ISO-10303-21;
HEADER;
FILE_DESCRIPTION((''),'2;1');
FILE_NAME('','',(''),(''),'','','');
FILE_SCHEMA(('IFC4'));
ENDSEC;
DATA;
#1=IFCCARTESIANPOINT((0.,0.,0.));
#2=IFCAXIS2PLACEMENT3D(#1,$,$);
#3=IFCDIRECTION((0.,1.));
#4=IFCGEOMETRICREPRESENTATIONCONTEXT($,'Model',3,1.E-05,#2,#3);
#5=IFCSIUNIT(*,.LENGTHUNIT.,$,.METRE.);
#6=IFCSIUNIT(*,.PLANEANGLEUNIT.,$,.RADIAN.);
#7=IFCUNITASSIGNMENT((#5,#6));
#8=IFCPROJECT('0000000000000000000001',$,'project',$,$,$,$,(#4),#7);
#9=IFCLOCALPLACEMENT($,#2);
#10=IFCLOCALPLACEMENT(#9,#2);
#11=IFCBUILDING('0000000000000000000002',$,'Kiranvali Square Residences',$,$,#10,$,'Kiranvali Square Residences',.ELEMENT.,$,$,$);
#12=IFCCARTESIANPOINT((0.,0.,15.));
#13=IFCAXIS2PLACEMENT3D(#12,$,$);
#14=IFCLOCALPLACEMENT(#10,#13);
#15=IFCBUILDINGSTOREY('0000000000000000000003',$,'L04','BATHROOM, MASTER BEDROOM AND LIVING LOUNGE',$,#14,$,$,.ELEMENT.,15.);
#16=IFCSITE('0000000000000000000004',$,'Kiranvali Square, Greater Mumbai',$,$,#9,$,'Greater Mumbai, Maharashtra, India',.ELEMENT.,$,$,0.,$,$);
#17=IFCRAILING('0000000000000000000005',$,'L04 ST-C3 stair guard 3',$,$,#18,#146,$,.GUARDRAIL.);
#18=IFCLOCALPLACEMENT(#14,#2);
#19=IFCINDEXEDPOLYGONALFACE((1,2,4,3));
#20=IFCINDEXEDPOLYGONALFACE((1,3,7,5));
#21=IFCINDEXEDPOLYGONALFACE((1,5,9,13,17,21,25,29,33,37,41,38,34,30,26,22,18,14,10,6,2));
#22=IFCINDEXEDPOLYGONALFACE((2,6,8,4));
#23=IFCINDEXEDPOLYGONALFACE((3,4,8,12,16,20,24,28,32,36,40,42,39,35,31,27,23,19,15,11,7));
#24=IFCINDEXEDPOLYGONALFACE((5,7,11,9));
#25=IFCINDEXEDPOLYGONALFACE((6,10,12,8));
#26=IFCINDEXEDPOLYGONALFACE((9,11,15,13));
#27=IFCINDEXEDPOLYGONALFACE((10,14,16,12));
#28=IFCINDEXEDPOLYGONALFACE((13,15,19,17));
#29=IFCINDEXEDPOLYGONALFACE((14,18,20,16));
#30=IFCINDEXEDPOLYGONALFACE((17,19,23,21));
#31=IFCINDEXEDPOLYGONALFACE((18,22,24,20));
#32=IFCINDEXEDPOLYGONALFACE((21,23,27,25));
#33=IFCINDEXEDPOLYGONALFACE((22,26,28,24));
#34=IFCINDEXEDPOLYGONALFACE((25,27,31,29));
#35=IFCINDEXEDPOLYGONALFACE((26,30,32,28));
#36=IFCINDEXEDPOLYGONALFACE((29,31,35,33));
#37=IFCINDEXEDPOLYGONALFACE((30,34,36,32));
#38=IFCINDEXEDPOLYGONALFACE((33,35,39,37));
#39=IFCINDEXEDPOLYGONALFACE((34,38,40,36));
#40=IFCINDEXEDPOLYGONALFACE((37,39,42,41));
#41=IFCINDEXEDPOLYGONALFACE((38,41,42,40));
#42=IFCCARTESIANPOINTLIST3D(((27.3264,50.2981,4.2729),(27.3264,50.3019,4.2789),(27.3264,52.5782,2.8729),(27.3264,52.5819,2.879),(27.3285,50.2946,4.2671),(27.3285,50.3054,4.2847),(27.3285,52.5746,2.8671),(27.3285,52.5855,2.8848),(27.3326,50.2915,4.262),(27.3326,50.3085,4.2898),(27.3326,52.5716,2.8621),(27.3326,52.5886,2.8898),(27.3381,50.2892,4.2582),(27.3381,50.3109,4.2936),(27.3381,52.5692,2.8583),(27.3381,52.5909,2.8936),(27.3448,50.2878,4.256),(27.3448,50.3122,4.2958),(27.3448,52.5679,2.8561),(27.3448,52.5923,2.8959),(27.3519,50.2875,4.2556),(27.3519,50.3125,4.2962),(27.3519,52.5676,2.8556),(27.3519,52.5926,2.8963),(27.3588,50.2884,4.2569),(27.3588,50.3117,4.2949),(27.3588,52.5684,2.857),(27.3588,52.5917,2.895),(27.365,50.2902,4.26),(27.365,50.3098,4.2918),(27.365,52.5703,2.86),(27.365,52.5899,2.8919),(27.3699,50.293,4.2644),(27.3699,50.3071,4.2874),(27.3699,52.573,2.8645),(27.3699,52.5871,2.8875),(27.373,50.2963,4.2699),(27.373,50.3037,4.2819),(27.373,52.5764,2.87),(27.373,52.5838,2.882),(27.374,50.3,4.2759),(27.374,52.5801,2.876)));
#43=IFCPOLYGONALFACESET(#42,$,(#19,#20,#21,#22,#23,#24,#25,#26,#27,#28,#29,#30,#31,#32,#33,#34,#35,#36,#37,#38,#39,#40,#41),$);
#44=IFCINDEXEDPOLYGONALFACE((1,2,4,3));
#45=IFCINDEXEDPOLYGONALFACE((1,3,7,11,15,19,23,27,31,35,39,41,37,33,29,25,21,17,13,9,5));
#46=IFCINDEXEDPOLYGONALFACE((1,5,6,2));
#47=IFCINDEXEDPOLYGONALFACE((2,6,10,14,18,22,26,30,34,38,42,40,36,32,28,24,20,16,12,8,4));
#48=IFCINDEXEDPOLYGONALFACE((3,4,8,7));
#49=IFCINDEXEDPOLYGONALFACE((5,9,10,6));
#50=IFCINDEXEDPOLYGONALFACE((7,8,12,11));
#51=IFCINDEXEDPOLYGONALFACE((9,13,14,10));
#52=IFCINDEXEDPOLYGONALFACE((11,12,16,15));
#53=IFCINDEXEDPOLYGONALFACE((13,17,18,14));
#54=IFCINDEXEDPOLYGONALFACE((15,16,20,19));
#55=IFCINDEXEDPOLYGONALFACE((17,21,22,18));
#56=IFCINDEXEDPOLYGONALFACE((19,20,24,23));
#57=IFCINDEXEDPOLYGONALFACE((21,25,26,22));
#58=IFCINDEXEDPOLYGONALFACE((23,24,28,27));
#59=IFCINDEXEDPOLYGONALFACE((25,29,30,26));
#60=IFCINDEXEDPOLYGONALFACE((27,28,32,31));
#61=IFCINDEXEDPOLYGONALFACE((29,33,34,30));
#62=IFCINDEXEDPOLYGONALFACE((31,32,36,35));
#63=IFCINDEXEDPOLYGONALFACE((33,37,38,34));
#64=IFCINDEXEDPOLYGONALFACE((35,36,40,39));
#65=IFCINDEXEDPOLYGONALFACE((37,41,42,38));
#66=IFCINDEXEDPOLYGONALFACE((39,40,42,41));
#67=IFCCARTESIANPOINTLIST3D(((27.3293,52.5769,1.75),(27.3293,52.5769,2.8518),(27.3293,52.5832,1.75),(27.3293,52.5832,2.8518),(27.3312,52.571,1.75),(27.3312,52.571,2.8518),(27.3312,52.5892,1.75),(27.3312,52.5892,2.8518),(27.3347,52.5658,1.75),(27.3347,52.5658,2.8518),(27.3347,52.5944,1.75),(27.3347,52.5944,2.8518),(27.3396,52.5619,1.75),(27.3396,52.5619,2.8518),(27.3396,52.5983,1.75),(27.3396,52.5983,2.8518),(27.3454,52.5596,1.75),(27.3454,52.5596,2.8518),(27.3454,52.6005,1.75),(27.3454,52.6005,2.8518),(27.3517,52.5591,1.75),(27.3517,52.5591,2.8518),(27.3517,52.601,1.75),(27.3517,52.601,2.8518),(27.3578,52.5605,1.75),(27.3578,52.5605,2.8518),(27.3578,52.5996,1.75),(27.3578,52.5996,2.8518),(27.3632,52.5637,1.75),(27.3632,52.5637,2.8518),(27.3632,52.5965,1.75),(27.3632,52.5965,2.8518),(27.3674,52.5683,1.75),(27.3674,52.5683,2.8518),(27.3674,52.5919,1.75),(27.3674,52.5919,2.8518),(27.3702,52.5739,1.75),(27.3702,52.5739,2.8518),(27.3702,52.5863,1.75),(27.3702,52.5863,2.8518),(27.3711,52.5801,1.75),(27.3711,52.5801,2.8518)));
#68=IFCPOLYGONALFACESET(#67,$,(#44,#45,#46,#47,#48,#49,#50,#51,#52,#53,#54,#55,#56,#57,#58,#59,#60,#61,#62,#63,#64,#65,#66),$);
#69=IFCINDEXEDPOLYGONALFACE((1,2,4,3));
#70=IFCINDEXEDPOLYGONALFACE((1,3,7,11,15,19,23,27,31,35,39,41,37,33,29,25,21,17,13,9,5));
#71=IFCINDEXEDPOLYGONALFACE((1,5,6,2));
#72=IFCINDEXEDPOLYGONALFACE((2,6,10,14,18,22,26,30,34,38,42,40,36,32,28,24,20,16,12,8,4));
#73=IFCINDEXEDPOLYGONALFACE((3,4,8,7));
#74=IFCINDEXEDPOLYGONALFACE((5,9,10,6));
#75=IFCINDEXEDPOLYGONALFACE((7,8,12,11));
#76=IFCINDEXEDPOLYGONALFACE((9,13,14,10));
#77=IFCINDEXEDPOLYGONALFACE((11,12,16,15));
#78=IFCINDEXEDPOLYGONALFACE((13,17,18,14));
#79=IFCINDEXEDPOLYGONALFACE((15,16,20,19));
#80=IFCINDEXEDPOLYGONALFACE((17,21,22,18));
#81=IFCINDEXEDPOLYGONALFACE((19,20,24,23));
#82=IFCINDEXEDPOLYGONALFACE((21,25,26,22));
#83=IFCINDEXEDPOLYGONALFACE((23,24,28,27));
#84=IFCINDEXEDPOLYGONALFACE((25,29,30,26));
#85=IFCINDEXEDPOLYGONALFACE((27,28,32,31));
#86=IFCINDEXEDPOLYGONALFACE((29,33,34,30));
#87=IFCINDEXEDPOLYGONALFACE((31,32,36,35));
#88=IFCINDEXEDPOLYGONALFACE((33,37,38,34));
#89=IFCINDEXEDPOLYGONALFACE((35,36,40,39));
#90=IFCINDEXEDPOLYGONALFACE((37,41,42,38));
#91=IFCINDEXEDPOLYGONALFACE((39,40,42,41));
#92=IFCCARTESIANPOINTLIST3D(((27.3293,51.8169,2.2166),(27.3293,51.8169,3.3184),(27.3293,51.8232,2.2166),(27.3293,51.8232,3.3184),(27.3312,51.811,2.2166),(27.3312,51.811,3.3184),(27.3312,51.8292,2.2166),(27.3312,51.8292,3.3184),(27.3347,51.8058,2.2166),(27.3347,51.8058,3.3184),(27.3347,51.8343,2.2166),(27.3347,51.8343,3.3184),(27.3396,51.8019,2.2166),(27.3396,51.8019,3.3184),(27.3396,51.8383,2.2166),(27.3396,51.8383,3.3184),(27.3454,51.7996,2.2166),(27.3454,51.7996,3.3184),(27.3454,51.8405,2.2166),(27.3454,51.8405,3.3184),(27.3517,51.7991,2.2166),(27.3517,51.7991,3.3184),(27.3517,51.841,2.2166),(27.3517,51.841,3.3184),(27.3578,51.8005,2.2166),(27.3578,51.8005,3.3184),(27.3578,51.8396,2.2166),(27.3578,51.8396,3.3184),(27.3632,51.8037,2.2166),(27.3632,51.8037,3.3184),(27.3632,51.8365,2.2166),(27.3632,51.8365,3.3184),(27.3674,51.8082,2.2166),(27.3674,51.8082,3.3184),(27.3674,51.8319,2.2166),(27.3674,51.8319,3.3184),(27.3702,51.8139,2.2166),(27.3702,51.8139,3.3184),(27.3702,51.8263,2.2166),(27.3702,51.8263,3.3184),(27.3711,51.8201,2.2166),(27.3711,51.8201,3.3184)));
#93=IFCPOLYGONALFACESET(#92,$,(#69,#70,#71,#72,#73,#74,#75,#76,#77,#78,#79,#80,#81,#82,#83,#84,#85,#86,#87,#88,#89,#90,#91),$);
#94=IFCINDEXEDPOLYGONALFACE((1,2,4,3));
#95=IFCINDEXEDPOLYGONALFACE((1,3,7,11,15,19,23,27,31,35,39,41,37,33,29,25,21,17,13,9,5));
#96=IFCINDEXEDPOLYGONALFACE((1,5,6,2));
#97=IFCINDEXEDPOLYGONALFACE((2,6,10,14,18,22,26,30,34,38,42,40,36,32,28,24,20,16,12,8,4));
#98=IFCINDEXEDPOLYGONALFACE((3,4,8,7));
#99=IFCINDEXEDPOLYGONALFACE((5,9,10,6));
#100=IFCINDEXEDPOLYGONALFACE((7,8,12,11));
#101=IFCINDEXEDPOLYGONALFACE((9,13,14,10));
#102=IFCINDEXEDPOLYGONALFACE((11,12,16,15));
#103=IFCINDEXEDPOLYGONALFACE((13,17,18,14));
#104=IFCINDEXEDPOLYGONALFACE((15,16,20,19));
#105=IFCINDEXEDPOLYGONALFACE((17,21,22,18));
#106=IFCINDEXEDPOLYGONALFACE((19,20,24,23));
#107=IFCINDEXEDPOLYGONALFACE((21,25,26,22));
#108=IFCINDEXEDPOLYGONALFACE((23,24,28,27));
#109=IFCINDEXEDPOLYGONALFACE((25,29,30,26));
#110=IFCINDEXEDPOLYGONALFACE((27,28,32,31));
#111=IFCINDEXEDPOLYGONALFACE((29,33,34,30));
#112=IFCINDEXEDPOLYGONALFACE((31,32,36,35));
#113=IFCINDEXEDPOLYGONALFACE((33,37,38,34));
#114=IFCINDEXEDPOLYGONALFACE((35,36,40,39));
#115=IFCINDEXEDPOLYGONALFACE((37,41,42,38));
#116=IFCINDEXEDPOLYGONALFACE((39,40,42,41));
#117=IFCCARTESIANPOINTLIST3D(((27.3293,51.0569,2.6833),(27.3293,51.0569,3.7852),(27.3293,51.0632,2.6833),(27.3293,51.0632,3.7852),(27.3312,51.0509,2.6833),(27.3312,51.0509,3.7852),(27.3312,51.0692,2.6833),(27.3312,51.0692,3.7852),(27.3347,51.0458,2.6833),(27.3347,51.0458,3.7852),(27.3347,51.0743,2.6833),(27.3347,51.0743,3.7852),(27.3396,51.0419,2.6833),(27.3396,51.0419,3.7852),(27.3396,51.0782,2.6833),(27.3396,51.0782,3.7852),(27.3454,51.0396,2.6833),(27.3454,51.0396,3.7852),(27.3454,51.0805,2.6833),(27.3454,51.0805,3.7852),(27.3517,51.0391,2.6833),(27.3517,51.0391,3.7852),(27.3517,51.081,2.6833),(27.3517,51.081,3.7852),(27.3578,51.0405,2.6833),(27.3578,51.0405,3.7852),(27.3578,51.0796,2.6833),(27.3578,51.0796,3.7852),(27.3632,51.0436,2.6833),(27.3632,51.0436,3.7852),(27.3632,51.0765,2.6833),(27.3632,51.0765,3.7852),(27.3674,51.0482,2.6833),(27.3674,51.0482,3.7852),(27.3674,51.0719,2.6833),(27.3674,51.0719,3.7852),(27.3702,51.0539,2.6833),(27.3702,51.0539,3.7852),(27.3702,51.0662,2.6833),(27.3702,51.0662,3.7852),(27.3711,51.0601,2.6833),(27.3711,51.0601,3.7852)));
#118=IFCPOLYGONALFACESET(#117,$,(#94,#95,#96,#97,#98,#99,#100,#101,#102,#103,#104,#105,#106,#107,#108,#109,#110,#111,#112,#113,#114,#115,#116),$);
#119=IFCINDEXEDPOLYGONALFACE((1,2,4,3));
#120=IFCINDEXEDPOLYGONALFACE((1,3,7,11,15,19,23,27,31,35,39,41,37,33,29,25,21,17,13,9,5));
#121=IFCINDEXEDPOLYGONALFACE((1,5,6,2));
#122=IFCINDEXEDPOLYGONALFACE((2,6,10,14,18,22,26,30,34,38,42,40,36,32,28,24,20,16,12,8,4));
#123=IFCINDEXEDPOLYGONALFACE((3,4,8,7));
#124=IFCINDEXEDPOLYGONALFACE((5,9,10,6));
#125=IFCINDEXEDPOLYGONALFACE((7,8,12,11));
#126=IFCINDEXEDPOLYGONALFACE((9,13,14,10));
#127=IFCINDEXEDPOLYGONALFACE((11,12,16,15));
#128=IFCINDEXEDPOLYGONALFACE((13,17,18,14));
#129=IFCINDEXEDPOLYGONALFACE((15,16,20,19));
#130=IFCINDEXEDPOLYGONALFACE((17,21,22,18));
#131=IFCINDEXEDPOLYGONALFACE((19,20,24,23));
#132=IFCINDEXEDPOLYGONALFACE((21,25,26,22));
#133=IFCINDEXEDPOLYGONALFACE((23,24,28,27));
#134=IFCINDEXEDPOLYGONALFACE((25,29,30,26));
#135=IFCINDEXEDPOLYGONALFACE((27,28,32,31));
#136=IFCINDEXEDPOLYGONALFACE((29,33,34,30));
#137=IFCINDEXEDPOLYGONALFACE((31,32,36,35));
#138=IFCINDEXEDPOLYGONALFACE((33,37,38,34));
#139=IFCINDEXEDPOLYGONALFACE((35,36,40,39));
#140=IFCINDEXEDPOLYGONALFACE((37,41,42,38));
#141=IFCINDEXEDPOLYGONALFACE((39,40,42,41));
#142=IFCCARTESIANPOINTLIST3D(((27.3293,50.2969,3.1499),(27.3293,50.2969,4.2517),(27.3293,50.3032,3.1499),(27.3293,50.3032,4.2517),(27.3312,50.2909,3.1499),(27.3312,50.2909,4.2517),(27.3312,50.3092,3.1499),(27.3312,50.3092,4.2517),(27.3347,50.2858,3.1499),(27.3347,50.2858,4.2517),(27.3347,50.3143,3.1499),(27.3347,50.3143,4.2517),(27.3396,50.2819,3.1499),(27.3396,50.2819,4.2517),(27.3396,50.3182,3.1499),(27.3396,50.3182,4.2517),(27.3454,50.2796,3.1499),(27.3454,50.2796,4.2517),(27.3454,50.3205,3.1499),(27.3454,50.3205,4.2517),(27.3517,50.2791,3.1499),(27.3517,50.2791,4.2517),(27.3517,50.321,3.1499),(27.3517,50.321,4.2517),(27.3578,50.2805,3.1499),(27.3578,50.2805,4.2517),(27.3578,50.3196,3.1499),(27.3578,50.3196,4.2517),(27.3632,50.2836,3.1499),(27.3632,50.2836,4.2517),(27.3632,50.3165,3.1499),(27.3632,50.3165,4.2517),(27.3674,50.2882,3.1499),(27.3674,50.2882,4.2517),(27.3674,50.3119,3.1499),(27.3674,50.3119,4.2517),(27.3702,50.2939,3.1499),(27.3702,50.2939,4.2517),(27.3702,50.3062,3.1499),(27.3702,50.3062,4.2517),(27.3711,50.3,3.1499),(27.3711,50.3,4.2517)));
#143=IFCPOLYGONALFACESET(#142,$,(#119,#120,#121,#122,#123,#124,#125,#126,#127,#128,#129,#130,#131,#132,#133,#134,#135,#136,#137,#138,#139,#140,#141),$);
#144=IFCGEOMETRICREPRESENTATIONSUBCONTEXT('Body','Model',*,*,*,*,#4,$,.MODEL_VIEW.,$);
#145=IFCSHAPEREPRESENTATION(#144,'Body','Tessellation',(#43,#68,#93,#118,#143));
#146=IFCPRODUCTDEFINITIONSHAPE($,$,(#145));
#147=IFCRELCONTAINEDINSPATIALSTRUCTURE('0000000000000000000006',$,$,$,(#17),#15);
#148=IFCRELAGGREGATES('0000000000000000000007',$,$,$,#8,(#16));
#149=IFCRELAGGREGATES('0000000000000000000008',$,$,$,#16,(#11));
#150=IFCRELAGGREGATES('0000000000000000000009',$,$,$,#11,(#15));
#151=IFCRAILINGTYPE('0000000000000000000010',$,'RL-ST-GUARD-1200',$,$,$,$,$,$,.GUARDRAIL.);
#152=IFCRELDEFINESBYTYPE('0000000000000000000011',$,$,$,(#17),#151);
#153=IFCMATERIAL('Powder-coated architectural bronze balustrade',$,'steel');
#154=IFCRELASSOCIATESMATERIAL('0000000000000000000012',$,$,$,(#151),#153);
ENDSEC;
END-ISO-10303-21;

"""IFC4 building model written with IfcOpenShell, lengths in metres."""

from ifc_helpers import new_model, si_unit, direction, frame, origin, origin_2d, place, context, subcontext, project, spatial, circle, extrude, material, type_object, element, save


model = new_model("IFC4")

# Units and contexts
model_context = context("Model", 3, precision=1e-05, world=origin(), true_north=direction((0.0, 1.0)))
body_context = subcontext(model_context, "Body", "Model", "MODEL_VIEW")
ifc_project = project(units=[si_unit("LENGTHUNIT", "METRE"), si_unit("PLANEANGLEUNIT", "RADIAN")], contexts=[model_context])

# Site, building, storey
site_placement = place(None, origin())
site = spatial("IfcSite", under=ifc_project, at=site_placement, Name="Kiranvali Square, Greater Mumbai", LongName="Greater Mumbai, Maharashtra, India", CompositionType="ELEMENT", RefElevation=0.0)
building_placement = place(site_placement, origin())
building = spatial("IfcBuilding", under=site, at=building_placement, Name="Kiranvali Square Residences", LongName="Kiranvali Square Residences", CompositionType="ELEMENT")
storey_placement = place(building_placement, frame((0.0, 0.0, 15.0)))
storey = spatial("IfcBuildingStorey", under=building, at=storey_placement, Name="L04", Description="BATHROOM, MASTER BEDROOM AND LIVING LOUNGE", CompositionType="ELEMENT", Elevation=15.0)

# Railing
ifc_material_1 = material(Name="Powder-coated architectural bronze balustrade", Category="steel")
railing_type_1 = type_object("IfcRailingType", Name="RL-ST-GUARD-1200", PredefinedType="GUARDRAIL", material=ifc_material_1)
railing_1_placement = place(storey_placement, frame((27.3501, 52.5801, 1.75)))
element("IfcRailing", 1, at=railing_1_placement, inside=storey, type_object=railing_type_1, Name="L04 ST-C3 stair guard 3", PredefinedType="GUARDRAIL", context=body_context, shape_type="SweptSolid", body=[
    extrude(circle(Radius=0.0239, at=origin_2d()), frame((0.0, 0.0, 1.126), z_axis=(0.0, -0.85219, 0.523232), x_axis=(1.0, 0.0, 0.0)), (0.0, 0.0, 1.0), 2.6755),
    extrude(circle(Radius=0.021, at=origin_2d()), origin(), (0.0, 0.0, 1.0), 1.1018),
    extrude(circle(Radius=0.021, at=origin_2d()), frame((0.0, -0.76, 0.4666)), (0.0, 0.0, 1.0), 1.1018),
    extrude(circle(Radius=0.021, at=origin_2d()), frame((0.0, -1.52, 0.9333)), (0.0, 0.0, 1.0), 1.1018),
    extrude(circle(Radius=0.021, at=origin_2d()), frame((0.0, -2.28, 1.3999)), (0.0, 0.0, 1.0), 1.1018),
])

save(model, "model.ifc")
